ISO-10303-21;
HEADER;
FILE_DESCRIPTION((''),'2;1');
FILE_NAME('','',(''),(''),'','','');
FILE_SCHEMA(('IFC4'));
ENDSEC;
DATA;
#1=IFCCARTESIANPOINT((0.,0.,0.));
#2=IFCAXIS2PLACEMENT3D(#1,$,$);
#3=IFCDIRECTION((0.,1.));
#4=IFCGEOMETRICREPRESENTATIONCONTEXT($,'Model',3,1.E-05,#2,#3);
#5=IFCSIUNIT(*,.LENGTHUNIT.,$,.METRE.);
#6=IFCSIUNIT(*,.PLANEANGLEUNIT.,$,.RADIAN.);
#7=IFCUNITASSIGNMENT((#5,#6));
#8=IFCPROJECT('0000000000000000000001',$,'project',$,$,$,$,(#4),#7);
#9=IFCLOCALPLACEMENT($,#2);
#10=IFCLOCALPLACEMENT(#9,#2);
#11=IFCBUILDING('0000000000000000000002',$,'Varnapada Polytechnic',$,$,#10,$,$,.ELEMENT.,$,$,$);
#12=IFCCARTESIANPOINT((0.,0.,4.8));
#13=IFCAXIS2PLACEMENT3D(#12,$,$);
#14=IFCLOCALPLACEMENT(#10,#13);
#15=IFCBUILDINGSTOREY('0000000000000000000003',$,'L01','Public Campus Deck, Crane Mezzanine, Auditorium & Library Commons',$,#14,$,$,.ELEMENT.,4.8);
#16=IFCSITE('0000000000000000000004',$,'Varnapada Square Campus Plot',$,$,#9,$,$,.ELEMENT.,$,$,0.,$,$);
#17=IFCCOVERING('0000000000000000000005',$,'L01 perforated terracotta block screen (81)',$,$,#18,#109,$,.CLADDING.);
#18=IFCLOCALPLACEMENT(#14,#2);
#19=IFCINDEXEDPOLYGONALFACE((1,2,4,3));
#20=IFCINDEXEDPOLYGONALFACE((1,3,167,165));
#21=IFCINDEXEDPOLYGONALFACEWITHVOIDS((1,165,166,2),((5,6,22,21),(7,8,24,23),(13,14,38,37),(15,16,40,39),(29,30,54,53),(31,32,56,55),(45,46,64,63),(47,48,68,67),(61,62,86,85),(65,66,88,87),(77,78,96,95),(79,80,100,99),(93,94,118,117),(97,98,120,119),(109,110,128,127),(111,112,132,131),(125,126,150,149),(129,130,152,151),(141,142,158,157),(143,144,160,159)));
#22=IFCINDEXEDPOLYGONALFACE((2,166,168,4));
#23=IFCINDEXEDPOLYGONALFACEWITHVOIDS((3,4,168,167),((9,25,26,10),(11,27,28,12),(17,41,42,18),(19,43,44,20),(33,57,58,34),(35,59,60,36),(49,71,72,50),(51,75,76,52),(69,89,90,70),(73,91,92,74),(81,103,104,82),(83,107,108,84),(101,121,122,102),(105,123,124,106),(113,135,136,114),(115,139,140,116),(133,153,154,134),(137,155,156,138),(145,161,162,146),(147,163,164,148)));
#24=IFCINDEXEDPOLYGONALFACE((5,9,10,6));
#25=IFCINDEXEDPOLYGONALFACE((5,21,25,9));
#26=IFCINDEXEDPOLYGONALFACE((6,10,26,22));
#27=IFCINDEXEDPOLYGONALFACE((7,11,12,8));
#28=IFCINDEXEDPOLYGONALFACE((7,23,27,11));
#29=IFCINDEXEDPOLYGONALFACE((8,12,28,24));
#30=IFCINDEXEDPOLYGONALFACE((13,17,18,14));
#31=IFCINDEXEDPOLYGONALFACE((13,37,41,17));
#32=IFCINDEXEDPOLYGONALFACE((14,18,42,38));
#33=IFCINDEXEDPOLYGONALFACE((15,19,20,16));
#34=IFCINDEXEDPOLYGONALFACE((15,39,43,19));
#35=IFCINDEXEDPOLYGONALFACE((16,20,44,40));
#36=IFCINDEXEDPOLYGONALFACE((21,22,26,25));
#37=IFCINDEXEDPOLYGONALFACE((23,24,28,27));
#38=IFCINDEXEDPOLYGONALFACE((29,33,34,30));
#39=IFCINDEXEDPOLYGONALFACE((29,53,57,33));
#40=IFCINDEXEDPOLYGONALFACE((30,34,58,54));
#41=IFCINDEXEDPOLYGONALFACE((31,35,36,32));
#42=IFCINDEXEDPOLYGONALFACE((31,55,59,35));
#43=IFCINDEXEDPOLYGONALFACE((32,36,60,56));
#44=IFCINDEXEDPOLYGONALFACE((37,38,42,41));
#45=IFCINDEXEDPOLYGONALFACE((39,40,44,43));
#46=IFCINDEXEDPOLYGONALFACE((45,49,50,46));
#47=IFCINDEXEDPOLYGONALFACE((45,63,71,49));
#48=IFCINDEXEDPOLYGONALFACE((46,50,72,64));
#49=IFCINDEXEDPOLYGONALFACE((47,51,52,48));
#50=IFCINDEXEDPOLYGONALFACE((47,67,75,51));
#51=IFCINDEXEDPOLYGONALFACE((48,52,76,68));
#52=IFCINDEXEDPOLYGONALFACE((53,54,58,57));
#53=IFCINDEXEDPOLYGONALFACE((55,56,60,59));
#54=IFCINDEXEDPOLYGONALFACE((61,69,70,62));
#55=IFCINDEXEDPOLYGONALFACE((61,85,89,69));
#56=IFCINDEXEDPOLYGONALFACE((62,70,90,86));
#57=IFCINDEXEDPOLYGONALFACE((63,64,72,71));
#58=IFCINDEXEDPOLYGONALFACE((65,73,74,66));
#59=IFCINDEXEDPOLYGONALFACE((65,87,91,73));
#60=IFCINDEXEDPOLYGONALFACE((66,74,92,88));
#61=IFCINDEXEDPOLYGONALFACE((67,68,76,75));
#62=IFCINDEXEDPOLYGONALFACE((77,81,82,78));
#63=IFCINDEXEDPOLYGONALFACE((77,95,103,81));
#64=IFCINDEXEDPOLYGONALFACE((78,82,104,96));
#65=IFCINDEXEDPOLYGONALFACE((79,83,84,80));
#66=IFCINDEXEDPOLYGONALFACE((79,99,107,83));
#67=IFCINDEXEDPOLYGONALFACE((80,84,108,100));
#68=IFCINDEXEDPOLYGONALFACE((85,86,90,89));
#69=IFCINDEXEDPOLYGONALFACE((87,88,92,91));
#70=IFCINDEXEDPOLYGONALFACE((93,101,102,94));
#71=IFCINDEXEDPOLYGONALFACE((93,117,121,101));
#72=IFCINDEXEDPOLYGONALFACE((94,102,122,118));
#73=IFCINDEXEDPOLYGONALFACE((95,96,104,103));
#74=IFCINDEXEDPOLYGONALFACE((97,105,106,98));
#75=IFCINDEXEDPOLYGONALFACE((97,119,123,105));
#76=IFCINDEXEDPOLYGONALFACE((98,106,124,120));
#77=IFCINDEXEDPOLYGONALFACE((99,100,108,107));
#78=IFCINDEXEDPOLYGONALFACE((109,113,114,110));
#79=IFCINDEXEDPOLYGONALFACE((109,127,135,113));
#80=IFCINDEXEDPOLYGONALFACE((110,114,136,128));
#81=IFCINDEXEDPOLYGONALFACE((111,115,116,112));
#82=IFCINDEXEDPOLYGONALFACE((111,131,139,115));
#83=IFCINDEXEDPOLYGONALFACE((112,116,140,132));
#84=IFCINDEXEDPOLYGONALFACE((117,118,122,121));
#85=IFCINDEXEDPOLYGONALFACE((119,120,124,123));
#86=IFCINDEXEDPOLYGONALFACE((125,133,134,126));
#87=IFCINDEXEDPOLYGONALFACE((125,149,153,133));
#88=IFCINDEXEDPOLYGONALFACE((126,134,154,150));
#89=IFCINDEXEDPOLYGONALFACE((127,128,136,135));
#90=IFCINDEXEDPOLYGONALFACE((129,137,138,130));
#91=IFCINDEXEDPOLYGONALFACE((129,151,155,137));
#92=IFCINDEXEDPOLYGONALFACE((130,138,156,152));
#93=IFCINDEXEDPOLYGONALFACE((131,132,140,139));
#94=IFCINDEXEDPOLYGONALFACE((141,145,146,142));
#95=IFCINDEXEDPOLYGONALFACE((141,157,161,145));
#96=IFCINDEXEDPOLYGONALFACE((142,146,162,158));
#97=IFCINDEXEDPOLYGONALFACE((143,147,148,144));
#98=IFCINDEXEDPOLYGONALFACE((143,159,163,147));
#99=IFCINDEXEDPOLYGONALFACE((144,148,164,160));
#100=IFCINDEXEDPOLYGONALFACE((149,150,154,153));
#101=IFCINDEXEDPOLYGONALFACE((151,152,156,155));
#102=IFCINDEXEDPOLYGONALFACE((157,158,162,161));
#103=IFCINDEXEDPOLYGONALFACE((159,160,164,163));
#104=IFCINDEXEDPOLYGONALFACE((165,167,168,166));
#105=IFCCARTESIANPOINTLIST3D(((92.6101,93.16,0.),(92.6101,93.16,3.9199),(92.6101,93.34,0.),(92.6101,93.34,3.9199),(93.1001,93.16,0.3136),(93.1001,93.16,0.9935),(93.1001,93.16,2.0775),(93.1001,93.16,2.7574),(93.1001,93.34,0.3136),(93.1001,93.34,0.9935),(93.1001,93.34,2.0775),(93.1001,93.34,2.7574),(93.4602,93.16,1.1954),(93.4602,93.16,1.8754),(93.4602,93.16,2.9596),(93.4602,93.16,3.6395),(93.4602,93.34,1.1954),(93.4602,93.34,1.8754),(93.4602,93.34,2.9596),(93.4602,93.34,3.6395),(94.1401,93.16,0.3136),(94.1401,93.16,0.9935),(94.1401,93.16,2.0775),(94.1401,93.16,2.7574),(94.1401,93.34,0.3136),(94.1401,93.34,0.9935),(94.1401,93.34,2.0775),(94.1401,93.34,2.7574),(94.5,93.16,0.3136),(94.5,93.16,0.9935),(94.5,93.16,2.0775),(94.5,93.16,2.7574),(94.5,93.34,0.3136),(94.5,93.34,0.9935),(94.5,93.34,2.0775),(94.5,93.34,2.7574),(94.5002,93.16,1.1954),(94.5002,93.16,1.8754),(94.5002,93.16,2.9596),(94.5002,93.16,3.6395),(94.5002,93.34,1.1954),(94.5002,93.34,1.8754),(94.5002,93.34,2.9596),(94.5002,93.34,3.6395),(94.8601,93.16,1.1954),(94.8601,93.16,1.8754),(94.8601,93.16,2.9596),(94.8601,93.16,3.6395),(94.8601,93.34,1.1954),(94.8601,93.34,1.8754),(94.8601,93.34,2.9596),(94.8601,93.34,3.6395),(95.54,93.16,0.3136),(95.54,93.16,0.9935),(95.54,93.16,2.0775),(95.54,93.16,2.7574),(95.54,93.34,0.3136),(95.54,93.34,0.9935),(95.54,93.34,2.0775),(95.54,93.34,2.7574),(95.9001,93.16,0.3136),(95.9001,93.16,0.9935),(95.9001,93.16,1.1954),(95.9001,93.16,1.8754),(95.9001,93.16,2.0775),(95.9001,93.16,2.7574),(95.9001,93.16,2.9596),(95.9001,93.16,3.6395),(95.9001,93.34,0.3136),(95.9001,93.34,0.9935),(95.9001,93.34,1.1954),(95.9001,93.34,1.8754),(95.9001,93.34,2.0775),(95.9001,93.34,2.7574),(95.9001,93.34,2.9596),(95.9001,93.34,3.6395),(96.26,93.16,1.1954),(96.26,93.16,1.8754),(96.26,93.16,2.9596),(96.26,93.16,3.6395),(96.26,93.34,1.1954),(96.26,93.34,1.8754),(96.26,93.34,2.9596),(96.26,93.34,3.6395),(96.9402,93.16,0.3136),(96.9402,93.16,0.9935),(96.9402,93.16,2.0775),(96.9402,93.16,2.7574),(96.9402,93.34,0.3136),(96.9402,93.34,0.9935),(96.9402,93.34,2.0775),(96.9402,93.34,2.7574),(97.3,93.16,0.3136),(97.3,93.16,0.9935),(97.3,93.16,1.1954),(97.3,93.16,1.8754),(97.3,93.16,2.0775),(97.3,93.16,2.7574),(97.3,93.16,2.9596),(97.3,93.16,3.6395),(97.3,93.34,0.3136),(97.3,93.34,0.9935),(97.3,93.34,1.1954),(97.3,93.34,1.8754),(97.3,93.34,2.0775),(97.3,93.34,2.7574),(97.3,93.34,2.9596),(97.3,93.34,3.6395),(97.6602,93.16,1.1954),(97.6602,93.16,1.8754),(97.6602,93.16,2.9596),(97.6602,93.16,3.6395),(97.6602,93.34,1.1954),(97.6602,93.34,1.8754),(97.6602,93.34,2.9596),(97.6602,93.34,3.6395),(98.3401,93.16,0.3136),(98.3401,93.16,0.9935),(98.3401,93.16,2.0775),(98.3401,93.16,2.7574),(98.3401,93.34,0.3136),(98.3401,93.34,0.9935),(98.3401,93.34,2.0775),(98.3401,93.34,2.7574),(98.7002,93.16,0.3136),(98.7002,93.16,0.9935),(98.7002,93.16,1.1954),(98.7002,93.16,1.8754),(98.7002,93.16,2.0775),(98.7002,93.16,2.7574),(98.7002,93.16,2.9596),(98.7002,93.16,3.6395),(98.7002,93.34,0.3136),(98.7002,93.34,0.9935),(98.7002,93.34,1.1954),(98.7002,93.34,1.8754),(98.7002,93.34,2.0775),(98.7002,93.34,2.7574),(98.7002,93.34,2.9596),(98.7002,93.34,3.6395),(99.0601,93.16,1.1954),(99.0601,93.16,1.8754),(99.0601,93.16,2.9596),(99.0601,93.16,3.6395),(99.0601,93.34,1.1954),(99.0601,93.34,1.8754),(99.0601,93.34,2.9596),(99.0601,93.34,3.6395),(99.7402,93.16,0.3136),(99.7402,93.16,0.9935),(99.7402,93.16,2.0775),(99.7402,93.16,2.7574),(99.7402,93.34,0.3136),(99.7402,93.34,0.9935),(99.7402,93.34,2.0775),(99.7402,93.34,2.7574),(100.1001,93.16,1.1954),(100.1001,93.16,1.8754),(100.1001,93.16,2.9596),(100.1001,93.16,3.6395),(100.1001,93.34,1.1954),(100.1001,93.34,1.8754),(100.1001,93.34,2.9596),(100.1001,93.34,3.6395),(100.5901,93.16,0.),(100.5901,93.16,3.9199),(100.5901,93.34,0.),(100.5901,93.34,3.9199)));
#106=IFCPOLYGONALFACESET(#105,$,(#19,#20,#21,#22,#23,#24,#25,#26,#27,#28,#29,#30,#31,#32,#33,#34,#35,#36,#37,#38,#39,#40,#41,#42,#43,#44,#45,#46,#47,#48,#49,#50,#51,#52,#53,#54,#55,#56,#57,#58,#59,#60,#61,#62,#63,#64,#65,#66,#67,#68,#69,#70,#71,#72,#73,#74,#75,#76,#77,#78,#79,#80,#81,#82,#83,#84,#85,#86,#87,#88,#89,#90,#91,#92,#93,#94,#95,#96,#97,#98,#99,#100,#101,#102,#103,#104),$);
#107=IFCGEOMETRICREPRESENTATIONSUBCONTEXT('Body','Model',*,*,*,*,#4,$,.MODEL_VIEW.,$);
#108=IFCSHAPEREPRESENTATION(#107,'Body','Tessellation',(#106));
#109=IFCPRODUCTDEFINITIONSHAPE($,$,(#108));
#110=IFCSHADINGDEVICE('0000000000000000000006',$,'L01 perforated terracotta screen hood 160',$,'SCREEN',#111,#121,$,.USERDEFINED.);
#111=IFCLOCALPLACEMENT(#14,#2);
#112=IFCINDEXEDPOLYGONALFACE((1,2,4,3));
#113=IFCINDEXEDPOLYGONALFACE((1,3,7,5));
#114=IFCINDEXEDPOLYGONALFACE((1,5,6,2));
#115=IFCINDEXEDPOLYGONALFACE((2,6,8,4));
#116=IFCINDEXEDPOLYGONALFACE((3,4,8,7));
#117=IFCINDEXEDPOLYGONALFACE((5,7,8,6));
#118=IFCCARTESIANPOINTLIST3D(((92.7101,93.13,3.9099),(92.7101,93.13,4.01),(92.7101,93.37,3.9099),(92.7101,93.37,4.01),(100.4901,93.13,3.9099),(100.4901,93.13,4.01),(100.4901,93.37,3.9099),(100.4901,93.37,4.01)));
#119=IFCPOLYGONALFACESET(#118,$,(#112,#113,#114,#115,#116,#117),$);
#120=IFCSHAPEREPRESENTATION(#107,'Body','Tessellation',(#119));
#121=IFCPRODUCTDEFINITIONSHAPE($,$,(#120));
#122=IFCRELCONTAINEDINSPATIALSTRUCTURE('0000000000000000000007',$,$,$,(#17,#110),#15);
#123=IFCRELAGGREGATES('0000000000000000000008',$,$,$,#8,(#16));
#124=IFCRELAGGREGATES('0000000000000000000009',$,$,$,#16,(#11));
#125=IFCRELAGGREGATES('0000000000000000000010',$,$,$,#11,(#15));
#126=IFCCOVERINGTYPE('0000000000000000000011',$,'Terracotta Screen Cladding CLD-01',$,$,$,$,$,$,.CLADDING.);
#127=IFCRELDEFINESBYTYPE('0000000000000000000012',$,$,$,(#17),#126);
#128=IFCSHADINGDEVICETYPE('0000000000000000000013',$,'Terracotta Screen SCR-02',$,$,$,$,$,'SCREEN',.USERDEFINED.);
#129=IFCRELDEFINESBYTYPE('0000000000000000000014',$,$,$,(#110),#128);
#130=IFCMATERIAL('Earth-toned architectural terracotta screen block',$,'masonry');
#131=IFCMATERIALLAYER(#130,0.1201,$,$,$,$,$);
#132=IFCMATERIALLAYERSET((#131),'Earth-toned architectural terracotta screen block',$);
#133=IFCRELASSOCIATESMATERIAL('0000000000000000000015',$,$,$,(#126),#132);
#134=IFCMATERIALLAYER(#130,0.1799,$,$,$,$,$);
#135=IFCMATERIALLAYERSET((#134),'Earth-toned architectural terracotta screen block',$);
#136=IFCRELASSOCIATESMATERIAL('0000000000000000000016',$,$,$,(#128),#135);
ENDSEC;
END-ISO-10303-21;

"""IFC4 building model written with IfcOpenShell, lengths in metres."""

from ifc_helpers import new_model, si_unit, direction, frame, frame_2d, origin, origin_2d, place, context, subcontext, project, spatial, rectangle, extrude, material, layer, layer_set, type_object, element, save


model = new_model("IFC4")

# Units and contexts
model_context = context("Model", 3, precision=1e-05, world=origin(), true_north=direction((0.0, 1.0)))
body_context = subcontext(model_context, "Body", "Model", "MODEL_VIEW")
ifc_project = project(units=[si_unit("LENGTHUNIT", "METRE"), si_unit("PLANEANGLEUNIT", "RADIAN")], contexts=[model_context])

# Site, building, storey
site_placement = place(None, origin())
site = spatial("IfcSite", under=ifc_project, at=site_placement, Name="Varnapada Square Campus Plot", CompositionType="ELEMENT", RefElevation=0.0)
building_placement = place(site_placement, origin())
building = spatial("IfcBuilding", under=site, at=building_placement, Name="Varnapada Polytechnic", CompositionType="ELEMENT")
storey_placement = place(building_placement, frame((0.0, 0.0, 4.8)))
storey = spatial("IfcBuildingStorey", under=building, at=storey_placement, Name="L01", Description="Public Campus Deck, Crane Mezzanine, Auditorium & Library Commons", CompositionType="ELEMENT", Elevation=4.8)

# Covering, openings
ifc_material_1 = material(Name="Earth-toned architectural terracotta screen block", Category="masonry")
ifc_layer_1 = layer(ifc_material_1, 0.1201)
ifc_layer_set_1 = layer_set([ifc_layer_1], Name="Earth-toned architectural terracotta screen block")
covering_type = type_object("IfcCoveringType", Name="Terracotta Screen Cladding CLD-01", PredefinedType="CLADDING", material=ifc_layer_set_1)
covering_placement = place(storey_placement, frame((92.6101, 93.25, 0.0), z_axis=(0.0, 0.0, 1.0), x_axis=(1.0, 0.0, 0.0)))
covering = element("IfcCovering", 1, at=covering_placement, inside=storey, type_object=covering_type, Name="L01 perforated terracotta block screen (81)", PredefinedType="CLADDING", context=body_context, shape_type="SweptSolid", body=[
    extrude(rectangle(XDim=7.98, YDim=0.1799, at=frame_2d((3.99, 0.0))), origin(), (0.0, 0.0, 1.0), 3.9199),
])
opening_1_placement = place(covering_placement, frame((0.49, 0.0, 0.3137)))
element("IfcOpeningElement", 2, at=opening_1_placement, cuts=covering, PredefinedType="OPENING", context=body_context, shape_type="SweptSolid", body=[
    extrude(rectangle(XDim=1.04, YDim=0.6799, at=frame_2d((0.52, 0.3398))), frame((0.0, 0.0999, 0.0), z_axis=(0.0, -1.0, 0.0), x_axis=(1.0, 0.0, 0.0)), (0.0, 0.0, 1.0), 0.2),
])
opening_2_placement = place(covering_placement, frame((1.8899, 0.0, 0.3137)))
element("IfcOpeningElement", 3, at=opening_2_placement, cuts=covering, PredefinedType="OPENING", context=body_context, shape_type="SweptSolid", body=[
    extrude(rectangle(XDim=1.04, YDim=0.6799, at=frame_2d((0.52, 0.3398))), frame((0.0, 0.0999, 0.0), z_axis=(0.0, -1.0, 0.0), x_axis=(1.0, 0.0, 0.0)), (0.0, 0.0, 1.0), 0.2),
])
opening_3_placement = place(covering_placement, frame((3.29, 0.0, 0.3137)))
element("IfcOpeningElement", 4, at=opening_3_placement, cuts=covering, PredefinedType="OPENING", context=body_context, shape_type="SweptSolid", body=[
    extrude(rectangle(XDim=1.04, YDim=0.6799, at=frame_2d((0.52, 0.3398))), frame((0.0, 0.0999, 0.0), z_axis=(0.0, -1.0, 0.0), x_axis=(1.0, 0.0, 0.0)), (0.0, 0.0, 1.0), 0.2),
])
opening_4_placement = place(covering_placement, frame((4.6899, 0.0, 0.3137)))
element("IfcOpeningElement", 5, at=opening_4_placement, cuts=covering, PredefinedType="OPENING", context=body_context, shape_type="SweptSolid", body=[
    extrude(rectangle(XDim=1.04, YDim=0.6799, at=frame_2d((0.52, 0.3398))), frame((0.0, 0.0999, 0.0), z_axis=(0.0, -1.0, 0.0), x_axis=(1.0, 0.0, 0.0)), (0.0, 0.0, 1.0), 0.2),
])
opening_5_placement = place(covering_placement, frame((6.0901, 0.0, 0.3137)))
element("IfcOpeningElement", 6, at=opening_5_placement, cuts=covering, PredefinedType="OPENING", context=body_context, shape_type="SweptSolid", body=[
    extrude(rectangle(XDim=1.04, YDim=0.6799, at=frame_2d((0.52, 0.3398))), frame((0.0, 0.0999, 0.0), z_axis=(0.0, -1.0, 0.0), x_axis=(1.0, 0.0, 0.0)), (0.0, 0.0, 1.0), 0.2),
])
opening_6_placement = place(covering_placement, frame((0.8501, 0.0, 1.1956)))
element("IfcOpeningElement", 7, at=opening_6_placement, cuts=covering, PredefinedType="OPENING", context=body_context, shape_type="SweptSolid", body=[
    extrude(rectangle(XDim=1.04, YDim=0.6799, at=frame_2d((0.52, 0.3398))), frame((0.0, 0.0999, 0.0), z_axis=(0.0, -1.0, 0.0), x_axis=(1.0, 0.0, 0.0)), (0.0, 0.0, 1.0), 0.2),
])
opening_7_placement = place(covering_placement, frame((2.25, 0.0, 1.1956)))
element("IfcOpeningElement", 8, at=opening_7_placement, cuts=covering, PredefinedType="OPENING", context=body_context, shape_type="SweptSolid", body=[
    extrude(rectangle(XDim=1.04, YDim=0.6799, at=frame_2d((0.52, 0.3398))), frame((0.0, 0.0999, 0.0), z_axis=(0.0, -1.0, 0.0), x_axis=(1.0, 0.0, 0.0)), (0.0, 0.0, 1.0), 0.2),
])
opening_8_placement = place(covering_placement, frame((3.6499, 0.0, 1.1956)))
element("IfcOpeningElement", 9, at=opening_8_placement, cuts=covering, PredefinedType="OPENING", context=body_context, shape_type="SweptSolid", body=[
    extrude(rectangle(XDim=1.04, YDim=0.6799, at=frame_2d((0.52, 0.3398))), frame((0.0, 0.0999, 0.0), z_axis=(0.0, -1.0, 0.0), x_axis=(1.0, 0.0, 0.0)), (0.0, 0.0, 1.0), 0.2),
])
opening_9_placement = place(covering_placement, frame((5.05, 0.0, 1.1956)))
element("IfcOpeningElement", 10, at=opening_9_placement, cuts=covering, PredefinedType="OPENING", context=body_context, shape_type="SweptSolid", body=[
    extrude(rectangle(XDim=1.04, YDim=0.6799, at=frame_2d((0.52, 0.3398))), frame((0.0, 0.0999, 0.0), z_axis=(0.0, -1.0, 0.0), x_axis=(1.0, 0.0, 0.0)), (0.0, 0.0, 1.0), 0.2),
])
opening_10_placement = place(covering_placement, frame((6.45, 0.0, 1.1956)))
element("IfcOpeningElement", 11, at=opening_10_placement, cuts=covering, PredefinedType="OPENING", context=body_context, shape_type="SweptSolid", body=[
    extrude(rectangle(XDim=1.04, YDim=0.6799, at=frame_2d((0.52, 0.3398))), frame((0.0, 0.0999, 0.0), z_axis=(0.0, -1.0, 0.0), x_axis=(1.0, 0.0, 0.0)), (0.0, 0.0, 1.0), 0.2),
])
opening_11_placement = place(covering_placement, frame((0.49, 0.0, 2.0776)))
element("IfcOpeningElement", 12, at=opening_11_placement, cuts=covering, PredefinedType="OPENING", context=body_context, shape_type="SweptSolid", body=[
    extrude(rectangle(XDim=1.04, YDim=0.6799, at=frame_2d((0.52, 0.3398))), frame((0.0, 0.0999, 0.0), z_axis=(0.0, -1.0, 0.0), x_axis=(1.0, 0.0, 0.0)), (0.0, 0.0, 1.0), 0.2),
])
opening_12_placement = place(covering_placement, frame((1.8899, 0.0, 2.0776)))
element("IfcOpeningElement", 13, at=opening_12_placement, cuts=covering, PredefinedType="OPENING", context=body_context, shape_type="SweptSolid", body=[
    extrude(rectangle(XDim=1.04, YDim=0.6799, at=frame_2d((0.52, 0.3398))), frame((0.0, 0.0999, 0.0), z_axis=(0.0, -1.0, 0.0), x_axis=(1.0, 0.0, 0.0)), (0.0, 0.0, 1.0), 0.2),
])
opening_13_placement = place(covering_placement, frame((3.29, 0.0, 2.0776)))
element("IfcOpeningElement", 14, at=opening_13_placement, cuts=covering, PredefinedType="OPENING", context=body_context, shape_type="SweptSolid", body=[
    extrude(rectangle(XDim=1.04, YDim=0.6799, at=frame_2d((0.52, 0.3398))), frame((0.0, 0.0999, 0.0), z_axis=(0.0, -1.0, 0.0), x_axis=(1.0, 0.0, 0.0)), (0.0, 0.0, 1.0), 0.2),
])
opening_14_placement = place(covering_placement, frame((4.6899, 0.0, 2.0776)))
element("IfcOpeningElement", 15, at=opening_14_placement, cuts=covering, PredefinedType="OPENING", context=body_context, shape_type="SweptSolid", body=[
    extrude(rectangle(XDim=1.04, YDim=0.6799, at=frame_2d((0.52, 0.3398))), frame((0.0, 0.0999, 0.0), z_axis=(0.0, -1.0, 0.0), x_axis=(1.0, 0.0, 0.0)), (0.0, 0.0, 1.0), 0.2),
])
opening_15_placement = place(covering_placement, frame((6.0901, 0.0, 2.0776)))
element("IfcOpeningElement", 16, at=opening_15_placement, cuts=covering, PredefinedType="OPENING", context=body_context, shape_type="SweptSolid", body=[
    extrude(rectangle(XDim=1.04, YDim=0.6799, at=frame_2d((0.52, 0.3398))), frame((0.0, 0.0999, 0.0), z_axis=(0.0, -1.0, 0.0), x_axis=(1.0, 0.0, 0.0)), (0.0, 0.0, 1.0), 0.2),
])
opening_16_placement = place(covering_placement, frame((0.8501, 0.0, 2.9597)))
element("IfcOpeningElement", 17, at=opening_16_placement, cuts=covering, PredefinedType="OPENING", context=body_context, shape_type="SweptSolid", body=[
    extrude(rectangle(XDim=1.04, YDim=0.6799, at=frame_2d((0.52, 0.3398))), frame((0.0, 0.0999, 0.0), z_axis=(0.0, -1.0, 0.0), x_axis=(1.0, 0.0, 0.0)), (0.0, 0.0, 1.0), 0.2),
])
opening_17_placement = place(covering_placement, frame((2.25, 0.0, 2.9597)))
element("IfcOpeningElement", 18, at=opening_17_placement, cuts=covering, PredefinedType="OPENING", context=body_context, shape_type="SweptSolid", body=[
    extrude(rectangle(XDim=1.04, YDim=0.6799, at=frame_2d((0.52, 0.3398))), frame((0.0, 0.0999, 0.0), z_axis=(0.0, -1.0, 0.0), x_axis=(1.0, 0.0, 0.0)), (0.0, 0.0, 1.0), 0.2),
])
opening_18_placement = place(covering_placement, frame((3.6499, 0.0, 2.9597)))
element("IfcOpeningElement", 19, at=opening_18_placement, cuts=covering, PredefinedType="OPENING", context=body_context, shape_type="SweptSolid", body=[
    extrude(rectangle(XDim=1.04, YDim=0.6799, at=frame_2d((0.52, 0.3398))), frame((0.0, 0.0999, 0.0), z_axis=(0.0, -1.0, 0.0), x_axis=(1.0, 0.0, 0.0)), (0.0, 0.0, 1.0), 0.2),
])
opening_19_placement = place(covering_placement, frame((5.05, 0.0, 2.9597)))
element("IfcOpeningElement", 20, at=opening_19_placement, cuts=covering, PredefinedType="OPENING", context=body_context, shape_type="SweptSolid", body=[
    extrude(rectangle(XDim=1.04, YDim=0.6799, at=frame_2d((0.52, 0.3398))), frame((0.0, 0.0999, 0.0), z_axis=(0.0, -1.0, 0.0), x_axis=(1.0, 0.0, 0.0)), (0.0, 0.0, 1.0), 0.2),
])
opening_20_placement = place(covering_placement, frame((6.45, 0.0, 2.9597)))
element("IfcOpeningElement", 21, at=opening_20_placement, cuts=covering, PredefinedType="OPENING", context=body_context, shape_type="SweptSolid", body=[
    extrude(rectangle(XDim=1.04, YDim=0.6799, at=frame_2d((0.52, 0.3398))), frame((0.0, 0.0999, 0.0), z_axis=(0.0, -1.0, 0.0), x_axis=(1.0, 0.0, 0.0)), (0.0, 0.0, 1.0), 0.2),
])

# Shading device
ifc_layer_2 = layer(ifc_material_1, 0.1799)
ifc_layer_set_2 = layer_set([ifc_layer_2], Name="Earth-toned architectural terracotta screen block")
shading_device_type = type_object("IfcShadingDeviceType", Name="Terracotta Screen SCR-02", ElementType="SCREEN", PredefinedType="USERDEFINED", material=ifc_layer_set_2)
shading_device_placement = place(storey_placement, frame((96.6001, 93.25, 3.9099), z_axis=(0.0, 0.0, 1.0), x_axis=(1.0, 0.0, 0.0)))
element("IfcShadingDevice", 22, at=shading_device_placement, inside=storey, type_object=shading_device_type, Name="L01 perforated terracotta screen hood 160", ObjectType="SCREEN", PredefinedType="USERDEFINED", context=body_context, shape_type="SweptSolid", body=[
    extrude(rectangle(XDim=7.78, YDim=0.24, at=origin_2d()), origin(), (0.0, 0.0, 1.0), 0.1001),
])

save(model, "model.ifc")
